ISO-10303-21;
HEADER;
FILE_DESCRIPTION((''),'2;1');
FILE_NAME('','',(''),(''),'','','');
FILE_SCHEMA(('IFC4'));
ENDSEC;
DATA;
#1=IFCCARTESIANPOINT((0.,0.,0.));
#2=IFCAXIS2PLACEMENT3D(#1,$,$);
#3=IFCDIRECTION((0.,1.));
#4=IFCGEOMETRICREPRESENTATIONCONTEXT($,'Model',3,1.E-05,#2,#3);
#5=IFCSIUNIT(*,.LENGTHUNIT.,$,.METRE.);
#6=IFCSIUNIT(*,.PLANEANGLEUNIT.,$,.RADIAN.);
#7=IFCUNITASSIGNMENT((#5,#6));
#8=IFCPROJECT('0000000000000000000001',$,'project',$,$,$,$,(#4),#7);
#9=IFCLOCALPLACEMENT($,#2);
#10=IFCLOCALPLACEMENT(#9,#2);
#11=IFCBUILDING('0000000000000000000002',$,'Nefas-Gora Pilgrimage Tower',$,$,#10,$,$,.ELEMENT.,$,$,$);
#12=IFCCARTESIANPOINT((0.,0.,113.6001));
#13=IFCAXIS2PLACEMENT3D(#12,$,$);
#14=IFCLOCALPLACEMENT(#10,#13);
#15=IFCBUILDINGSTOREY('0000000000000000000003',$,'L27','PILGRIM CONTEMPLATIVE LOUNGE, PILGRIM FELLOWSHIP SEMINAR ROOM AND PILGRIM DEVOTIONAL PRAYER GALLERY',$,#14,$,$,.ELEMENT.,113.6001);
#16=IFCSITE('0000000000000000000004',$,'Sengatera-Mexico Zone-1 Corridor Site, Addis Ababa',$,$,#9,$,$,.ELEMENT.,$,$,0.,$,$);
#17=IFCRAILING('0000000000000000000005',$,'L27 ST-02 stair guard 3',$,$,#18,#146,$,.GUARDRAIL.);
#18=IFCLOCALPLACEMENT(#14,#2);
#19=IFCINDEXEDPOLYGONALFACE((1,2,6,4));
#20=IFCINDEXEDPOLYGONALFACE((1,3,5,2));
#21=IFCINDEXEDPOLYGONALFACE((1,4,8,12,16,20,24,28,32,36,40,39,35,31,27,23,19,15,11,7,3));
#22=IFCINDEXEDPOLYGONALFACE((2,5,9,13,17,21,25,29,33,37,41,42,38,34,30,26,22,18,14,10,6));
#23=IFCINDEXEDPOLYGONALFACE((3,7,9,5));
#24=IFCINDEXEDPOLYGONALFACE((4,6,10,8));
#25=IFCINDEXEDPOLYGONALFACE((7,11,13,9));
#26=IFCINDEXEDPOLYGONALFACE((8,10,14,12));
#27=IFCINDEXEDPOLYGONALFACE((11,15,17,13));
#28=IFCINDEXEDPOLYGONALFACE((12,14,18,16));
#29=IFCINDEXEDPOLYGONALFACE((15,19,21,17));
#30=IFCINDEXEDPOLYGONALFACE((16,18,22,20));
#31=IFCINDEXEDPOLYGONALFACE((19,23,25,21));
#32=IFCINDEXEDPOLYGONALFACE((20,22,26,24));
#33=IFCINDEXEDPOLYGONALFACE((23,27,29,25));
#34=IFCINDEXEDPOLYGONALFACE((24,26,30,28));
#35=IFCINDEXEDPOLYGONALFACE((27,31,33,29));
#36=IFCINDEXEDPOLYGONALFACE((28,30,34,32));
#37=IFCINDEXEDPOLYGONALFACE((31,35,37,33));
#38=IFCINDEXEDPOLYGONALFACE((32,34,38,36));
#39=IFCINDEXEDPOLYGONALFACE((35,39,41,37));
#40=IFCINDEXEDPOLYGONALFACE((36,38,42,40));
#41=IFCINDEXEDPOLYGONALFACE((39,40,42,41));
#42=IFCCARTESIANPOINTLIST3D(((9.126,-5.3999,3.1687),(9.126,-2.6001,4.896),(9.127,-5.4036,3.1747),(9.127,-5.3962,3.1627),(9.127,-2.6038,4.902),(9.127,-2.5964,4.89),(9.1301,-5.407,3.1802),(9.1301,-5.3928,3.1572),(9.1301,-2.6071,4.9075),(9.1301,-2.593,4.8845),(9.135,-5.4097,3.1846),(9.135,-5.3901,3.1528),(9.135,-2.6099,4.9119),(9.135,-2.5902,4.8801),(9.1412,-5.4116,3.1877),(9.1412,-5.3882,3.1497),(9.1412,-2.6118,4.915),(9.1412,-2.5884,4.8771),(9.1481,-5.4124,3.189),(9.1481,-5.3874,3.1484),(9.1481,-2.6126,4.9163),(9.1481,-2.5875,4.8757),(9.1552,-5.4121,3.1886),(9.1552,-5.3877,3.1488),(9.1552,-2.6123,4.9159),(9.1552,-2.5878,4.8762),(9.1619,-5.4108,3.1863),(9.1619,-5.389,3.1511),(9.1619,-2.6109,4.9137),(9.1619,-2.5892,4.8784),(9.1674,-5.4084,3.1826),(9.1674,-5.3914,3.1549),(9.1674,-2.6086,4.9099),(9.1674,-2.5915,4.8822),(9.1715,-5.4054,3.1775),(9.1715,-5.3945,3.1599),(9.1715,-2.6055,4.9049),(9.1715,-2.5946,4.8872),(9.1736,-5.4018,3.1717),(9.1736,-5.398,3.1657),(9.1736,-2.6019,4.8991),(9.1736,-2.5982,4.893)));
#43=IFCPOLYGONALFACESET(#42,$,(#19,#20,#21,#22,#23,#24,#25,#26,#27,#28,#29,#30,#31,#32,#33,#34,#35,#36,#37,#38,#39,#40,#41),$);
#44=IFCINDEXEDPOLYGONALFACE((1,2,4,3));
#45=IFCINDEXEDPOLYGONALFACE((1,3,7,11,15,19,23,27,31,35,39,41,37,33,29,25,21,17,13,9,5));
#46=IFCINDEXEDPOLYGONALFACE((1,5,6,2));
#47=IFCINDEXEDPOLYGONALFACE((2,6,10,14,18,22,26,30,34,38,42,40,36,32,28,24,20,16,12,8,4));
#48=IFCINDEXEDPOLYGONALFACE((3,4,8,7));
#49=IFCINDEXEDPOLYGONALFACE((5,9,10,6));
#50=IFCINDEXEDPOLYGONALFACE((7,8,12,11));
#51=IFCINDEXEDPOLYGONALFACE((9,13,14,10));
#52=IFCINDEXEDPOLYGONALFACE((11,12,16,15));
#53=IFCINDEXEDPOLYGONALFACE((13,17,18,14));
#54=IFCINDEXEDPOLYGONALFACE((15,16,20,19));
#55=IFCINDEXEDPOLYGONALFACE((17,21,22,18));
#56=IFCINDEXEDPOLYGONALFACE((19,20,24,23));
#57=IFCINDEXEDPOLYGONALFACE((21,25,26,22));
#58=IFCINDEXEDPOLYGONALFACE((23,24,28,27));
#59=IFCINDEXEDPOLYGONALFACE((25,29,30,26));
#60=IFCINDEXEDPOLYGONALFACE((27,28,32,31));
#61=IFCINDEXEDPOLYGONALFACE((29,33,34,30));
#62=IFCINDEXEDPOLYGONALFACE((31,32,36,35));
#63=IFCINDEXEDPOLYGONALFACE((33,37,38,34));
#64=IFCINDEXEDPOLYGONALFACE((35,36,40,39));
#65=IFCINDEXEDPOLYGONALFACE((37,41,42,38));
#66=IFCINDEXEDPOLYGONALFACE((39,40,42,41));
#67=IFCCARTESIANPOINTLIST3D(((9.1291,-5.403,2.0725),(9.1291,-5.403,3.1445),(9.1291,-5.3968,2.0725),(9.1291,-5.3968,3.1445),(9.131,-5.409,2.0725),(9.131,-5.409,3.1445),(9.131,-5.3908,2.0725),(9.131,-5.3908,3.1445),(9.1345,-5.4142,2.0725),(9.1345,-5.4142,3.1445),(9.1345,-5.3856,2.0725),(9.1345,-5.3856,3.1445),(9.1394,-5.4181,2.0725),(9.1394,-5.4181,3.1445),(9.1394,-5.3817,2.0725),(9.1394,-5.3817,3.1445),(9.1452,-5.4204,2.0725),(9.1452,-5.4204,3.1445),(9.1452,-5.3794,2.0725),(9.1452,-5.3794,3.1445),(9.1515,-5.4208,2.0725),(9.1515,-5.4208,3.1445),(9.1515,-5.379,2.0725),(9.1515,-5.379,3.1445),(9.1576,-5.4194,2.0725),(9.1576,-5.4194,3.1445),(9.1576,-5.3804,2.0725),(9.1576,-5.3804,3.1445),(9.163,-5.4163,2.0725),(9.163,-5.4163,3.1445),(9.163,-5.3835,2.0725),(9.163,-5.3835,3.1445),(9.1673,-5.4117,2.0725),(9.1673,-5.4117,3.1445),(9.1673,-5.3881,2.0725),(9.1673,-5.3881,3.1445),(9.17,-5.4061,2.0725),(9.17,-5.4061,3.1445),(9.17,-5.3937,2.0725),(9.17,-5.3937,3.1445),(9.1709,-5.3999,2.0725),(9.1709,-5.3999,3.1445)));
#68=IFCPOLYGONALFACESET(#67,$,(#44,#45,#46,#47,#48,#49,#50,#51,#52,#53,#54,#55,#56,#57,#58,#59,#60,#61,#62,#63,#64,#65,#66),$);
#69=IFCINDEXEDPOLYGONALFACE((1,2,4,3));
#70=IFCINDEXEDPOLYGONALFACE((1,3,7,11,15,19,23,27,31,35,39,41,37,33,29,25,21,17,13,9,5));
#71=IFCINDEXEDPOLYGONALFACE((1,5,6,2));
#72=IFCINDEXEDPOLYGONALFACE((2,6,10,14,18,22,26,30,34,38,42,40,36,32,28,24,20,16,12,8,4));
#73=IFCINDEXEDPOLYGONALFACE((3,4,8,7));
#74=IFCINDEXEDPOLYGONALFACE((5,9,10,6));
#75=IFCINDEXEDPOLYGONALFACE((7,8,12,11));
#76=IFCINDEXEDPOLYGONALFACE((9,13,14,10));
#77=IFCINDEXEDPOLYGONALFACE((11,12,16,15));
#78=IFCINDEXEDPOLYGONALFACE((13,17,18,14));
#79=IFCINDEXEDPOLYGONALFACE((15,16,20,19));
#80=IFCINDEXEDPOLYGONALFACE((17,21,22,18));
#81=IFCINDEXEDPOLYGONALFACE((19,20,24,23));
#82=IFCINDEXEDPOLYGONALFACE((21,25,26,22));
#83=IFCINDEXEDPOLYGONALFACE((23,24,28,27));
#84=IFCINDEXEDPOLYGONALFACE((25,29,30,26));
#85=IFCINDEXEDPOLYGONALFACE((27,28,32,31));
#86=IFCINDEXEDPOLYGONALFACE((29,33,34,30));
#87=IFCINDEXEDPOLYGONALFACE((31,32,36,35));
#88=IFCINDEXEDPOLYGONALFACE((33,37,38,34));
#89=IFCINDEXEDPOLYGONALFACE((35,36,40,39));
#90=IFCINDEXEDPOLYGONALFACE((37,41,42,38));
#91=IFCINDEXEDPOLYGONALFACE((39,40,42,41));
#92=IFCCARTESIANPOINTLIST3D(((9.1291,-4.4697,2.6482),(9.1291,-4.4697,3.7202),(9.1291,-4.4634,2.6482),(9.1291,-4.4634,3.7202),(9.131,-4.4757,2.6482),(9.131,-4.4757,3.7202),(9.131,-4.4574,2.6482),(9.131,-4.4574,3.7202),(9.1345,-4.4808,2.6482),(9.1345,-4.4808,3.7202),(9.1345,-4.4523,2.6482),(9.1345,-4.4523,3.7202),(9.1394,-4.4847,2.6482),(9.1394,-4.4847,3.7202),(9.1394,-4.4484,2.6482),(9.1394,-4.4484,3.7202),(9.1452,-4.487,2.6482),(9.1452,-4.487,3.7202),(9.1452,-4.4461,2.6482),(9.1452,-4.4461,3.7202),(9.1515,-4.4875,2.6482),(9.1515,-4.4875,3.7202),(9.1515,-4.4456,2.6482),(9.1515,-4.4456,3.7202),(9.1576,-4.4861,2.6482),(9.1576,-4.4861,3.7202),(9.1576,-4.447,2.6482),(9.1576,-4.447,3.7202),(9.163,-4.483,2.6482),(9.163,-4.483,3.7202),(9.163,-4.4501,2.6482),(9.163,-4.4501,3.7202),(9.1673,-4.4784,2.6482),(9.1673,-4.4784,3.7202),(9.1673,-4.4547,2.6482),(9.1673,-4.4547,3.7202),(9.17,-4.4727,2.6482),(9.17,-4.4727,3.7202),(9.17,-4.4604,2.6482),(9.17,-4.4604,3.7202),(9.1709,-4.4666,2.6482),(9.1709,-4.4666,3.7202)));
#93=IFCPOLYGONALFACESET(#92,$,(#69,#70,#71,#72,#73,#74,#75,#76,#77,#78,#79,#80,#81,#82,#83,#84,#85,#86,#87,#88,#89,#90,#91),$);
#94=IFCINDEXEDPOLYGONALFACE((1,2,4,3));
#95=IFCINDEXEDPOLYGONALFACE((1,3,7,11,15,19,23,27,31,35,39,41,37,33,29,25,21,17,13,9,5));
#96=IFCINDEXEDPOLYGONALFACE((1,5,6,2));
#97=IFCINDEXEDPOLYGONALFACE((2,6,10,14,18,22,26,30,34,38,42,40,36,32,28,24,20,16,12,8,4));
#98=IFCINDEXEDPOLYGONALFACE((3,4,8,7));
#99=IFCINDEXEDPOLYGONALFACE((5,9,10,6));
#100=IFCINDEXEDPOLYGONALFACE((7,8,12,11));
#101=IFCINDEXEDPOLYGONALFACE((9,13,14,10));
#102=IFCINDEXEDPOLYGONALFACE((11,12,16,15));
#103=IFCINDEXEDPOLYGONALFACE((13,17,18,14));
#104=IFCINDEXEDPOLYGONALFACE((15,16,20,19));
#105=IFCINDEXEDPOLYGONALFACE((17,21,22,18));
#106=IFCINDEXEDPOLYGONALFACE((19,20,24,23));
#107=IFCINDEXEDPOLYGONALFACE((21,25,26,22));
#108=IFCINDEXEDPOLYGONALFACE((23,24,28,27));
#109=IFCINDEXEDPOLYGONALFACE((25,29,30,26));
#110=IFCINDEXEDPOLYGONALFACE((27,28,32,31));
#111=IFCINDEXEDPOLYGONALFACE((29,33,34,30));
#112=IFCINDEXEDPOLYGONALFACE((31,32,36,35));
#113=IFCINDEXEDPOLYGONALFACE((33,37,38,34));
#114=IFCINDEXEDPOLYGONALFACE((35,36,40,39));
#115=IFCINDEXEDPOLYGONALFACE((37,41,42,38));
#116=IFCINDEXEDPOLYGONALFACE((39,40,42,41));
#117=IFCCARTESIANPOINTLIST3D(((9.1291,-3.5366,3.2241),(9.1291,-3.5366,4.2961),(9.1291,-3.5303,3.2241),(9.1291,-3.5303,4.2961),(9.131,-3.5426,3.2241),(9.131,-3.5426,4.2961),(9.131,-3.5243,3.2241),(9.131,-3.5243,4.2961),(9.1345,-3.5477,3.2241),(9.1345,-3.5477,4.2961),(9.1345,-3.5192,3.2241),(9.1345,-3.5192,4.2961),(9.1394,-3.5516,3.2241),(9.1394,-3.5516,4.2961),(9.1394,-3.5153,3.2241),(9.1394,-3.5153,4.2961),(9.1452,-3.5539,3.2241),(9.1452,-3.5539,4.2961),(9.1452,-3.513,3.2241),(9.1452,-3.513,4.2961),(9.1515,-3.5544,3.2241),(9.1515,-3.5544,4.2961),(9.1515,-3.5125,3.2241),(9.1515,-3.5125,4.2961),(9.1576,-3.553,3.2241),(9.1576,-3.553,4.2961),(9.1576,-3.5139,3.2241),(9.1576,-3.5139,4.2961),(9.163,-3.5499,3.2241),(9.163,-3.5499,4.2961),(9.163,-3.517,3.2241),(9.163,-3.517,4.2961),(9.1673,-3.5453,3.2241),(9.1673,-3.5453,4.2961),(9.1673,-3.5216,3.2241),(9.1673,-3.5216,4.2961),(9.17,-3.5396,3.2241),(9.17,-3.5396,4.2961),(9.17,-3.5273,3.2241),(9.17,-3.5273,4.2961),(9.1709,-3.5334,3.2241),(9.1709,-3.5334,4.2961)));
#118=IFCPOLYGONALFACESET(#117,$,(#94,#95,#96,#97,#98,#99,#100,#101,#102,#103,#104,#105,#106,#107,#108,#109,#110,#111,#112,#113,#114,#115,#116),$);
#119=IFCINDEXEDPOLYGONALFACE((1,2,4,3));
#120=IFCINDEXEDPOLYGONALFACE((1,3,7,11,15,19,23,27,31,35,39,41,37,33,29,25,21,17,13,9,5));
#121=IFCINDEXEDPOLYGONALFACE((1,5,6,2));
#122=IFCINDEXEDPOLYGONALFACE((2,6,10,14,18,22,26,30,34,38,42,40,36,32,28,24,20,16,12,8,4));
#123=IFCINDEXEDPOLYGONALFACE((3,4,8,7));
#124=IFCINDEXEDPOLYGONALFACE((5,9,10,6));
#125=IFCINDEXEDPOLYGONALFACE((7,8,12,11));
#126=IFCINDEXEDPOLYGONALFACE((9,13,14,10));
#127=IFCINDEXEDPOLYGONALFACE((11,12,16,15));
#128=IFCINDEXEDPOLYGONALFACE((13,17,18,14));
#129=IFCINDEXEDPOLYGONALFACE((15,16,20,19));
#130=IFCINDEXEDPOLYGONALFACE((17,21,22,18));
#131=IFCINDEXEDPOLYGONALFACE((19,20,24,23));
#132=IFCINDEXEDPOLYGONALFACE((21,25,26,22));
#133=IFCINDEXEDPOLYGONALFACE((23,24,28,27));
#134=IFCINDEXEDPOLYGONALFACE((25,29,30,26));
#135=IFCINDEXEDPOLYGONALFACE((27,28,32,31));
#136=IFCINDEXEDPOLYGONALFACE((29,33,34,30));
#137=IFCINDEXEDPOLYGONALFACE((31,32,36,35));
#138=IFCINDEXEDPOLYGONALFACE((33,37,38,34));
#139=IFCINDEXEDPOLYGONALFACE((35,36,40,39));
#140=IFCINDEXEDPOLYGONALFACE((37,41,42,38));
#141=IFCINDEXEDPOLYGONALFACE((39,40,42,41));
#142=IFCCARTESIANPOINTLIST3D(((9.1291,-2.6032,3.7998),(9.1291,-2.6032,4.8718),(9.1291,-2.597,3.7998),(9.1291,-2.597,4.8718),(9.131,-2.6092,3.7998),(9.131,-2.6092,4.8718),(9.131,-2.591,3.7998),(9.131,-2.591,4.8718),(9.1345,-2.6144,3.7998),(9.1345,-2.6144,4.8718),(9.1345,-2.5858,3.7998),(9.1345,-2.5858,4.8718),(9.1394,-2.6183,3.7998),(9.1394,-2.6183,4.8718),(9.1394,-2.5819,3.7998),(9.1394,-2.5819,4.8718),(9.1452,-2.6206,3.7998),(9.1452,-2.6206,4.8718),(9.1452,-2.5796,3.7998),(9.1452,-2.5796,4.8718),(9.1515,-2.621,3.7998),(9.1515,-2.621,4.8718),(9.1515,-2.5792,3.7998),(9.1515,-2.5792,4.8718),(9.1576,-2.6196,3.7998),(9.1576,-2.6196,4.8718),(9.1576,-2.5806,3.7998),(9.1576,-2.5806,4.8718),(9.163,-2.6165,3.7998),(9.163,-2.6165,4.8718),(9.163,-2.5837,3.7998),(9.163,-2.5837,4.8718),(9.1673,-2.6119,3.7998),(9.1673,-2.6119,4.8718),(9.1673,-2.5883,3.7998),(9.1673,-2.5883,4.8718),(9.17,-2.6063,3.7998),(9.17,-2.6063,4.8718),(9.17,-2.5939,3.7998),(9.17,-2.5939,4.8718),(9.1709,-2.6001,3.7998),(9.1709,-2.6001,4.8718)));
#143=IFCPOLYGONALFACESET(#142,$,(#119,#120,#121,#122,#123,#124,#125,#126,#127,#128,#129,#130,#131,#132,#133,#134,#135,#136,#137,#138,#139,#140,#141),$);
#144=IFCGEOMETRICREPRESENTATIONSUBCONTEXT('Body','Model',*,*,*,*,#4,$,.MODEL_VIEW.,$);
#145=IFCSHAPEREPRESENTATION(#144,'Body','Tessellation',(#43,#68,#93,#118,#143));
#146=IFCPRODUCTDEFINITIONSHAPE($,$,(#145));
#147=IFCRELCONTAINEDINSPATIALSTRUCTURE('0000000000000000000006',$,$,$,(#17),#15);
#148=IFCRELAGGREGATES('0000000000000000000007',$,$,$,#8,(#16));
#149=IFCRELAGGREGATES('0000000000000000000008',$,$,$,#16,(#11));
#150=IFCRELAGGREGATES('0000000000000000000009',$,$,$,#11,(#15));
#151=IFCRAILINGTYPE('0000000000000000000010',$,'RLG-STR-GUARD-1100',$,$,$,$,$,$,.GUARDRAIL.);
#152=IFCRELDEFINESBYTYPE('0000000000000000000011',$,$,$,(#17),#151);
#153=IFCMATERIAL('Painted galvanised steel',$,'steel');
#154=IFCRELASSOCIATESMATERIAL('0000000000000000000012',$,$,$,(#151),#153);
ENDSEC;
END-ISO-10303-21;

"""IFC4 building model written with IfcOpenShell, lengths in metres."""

from ifc_helpers import new_model, si_unit, direction, frame, origin, origin_2d, place, context, subcontext, project, spatial, circle, extrude, material, type_object, element, save


model = new_model("IFC4")

# Units and contexts
model_context = context("Model", 3, precision=1e-05, world=origin(), true_north=direction((0.0, 1.0)))
body_context = subcontext(model_context, "Body", "Model", "MODEL_VIEW")
ifc_project = project(units=[si_unit("LENGTHUNIT", "METRE"), si_unit("PLANEANGLEUNIT", "RADIAN")], contexts=[model_context])

# Site, building, storey
site_placement = place(None, origin())
site = spatial("IfcSite", under=ifc_project, at=site_placement, Name="Sengatera-Mexico Zone-1 Corridor Site, Addis Ababa", CompositionType="ELEMENT", RefElevation=0.0)
building_placement = place(site_placement, origin())
building = spatial("IfcBuilding", under=site, at=building_placement, Name="Nefas-Gora Pilgrimage Tower", CompositionType="ELEMENT")
storey_placement = place(building_placement, frame((0.0, 0.0, 113.6001)))
storey = spatial("IfcBuildingStorey", under=building, at=storey_placement, Name="L27", Description="PILGRIM CONTEMPLATIVE LOUNGE, PILGRIM FELLOWSHIP SEMINAR ROOM AND PILGRIM DEVOTIONAL PRAYER GALLERY", CompositionType="ELEMENT", Elevation=113.6001)

# Railing
ifc_material_1 = material(Name="Painted galvanised steel", Category="steel")
railing_type_1 = type_object("IfcRailingType", Name="RLG-STR-GUARD-1100", PredefinedType="GUARDRAIL", material=ifc_material_1)
railing_1_placement = place(storey_placement, frame((9.1499, -5.3999, 2.0725)))
element("IfcRailing", 1, at=railing_1_placement, inside=storey, type_object=railing_type_1, Name="L27 ST-02 stair guard 3", PredefinedType="GUARDRAIL", context=body_context, shape_type="SweptSolid", body=[
    extrude(circle(Radius=0.0239, at=origin_2d()), frame((0.0, 0.0, 1.0962), z_axis=(0.0, 0.851069, 0.525054), x_axis=(-1.0, 0.0, 0.0)), (0.0, 0.0, 1.0), 3.2898),
    extrude(circle(Radius=0.021, at=origin_2d()), origin(), (0.0, 0.0, 1.0), 1.072),
    extrude(circle(Radius=0.021, at=origin_2d()), frame((0.0, 0.9333, 0.5757)), (0.0, 0.0, 1.0), 1.072),
    extrude(circle(Radius=0.021, at=origin_2d()), frame((0.0, 1.8665, 1.1516)), (0.0, 0.0, 1.0), 1.072),
    extrude(circle(Radius=0.021, at=origin_2d()), frame((0.0, 2.7998, 1.7273)), (0.0, 0.0, 1.0), 1.072),
])

save(model, "model.ifc")
